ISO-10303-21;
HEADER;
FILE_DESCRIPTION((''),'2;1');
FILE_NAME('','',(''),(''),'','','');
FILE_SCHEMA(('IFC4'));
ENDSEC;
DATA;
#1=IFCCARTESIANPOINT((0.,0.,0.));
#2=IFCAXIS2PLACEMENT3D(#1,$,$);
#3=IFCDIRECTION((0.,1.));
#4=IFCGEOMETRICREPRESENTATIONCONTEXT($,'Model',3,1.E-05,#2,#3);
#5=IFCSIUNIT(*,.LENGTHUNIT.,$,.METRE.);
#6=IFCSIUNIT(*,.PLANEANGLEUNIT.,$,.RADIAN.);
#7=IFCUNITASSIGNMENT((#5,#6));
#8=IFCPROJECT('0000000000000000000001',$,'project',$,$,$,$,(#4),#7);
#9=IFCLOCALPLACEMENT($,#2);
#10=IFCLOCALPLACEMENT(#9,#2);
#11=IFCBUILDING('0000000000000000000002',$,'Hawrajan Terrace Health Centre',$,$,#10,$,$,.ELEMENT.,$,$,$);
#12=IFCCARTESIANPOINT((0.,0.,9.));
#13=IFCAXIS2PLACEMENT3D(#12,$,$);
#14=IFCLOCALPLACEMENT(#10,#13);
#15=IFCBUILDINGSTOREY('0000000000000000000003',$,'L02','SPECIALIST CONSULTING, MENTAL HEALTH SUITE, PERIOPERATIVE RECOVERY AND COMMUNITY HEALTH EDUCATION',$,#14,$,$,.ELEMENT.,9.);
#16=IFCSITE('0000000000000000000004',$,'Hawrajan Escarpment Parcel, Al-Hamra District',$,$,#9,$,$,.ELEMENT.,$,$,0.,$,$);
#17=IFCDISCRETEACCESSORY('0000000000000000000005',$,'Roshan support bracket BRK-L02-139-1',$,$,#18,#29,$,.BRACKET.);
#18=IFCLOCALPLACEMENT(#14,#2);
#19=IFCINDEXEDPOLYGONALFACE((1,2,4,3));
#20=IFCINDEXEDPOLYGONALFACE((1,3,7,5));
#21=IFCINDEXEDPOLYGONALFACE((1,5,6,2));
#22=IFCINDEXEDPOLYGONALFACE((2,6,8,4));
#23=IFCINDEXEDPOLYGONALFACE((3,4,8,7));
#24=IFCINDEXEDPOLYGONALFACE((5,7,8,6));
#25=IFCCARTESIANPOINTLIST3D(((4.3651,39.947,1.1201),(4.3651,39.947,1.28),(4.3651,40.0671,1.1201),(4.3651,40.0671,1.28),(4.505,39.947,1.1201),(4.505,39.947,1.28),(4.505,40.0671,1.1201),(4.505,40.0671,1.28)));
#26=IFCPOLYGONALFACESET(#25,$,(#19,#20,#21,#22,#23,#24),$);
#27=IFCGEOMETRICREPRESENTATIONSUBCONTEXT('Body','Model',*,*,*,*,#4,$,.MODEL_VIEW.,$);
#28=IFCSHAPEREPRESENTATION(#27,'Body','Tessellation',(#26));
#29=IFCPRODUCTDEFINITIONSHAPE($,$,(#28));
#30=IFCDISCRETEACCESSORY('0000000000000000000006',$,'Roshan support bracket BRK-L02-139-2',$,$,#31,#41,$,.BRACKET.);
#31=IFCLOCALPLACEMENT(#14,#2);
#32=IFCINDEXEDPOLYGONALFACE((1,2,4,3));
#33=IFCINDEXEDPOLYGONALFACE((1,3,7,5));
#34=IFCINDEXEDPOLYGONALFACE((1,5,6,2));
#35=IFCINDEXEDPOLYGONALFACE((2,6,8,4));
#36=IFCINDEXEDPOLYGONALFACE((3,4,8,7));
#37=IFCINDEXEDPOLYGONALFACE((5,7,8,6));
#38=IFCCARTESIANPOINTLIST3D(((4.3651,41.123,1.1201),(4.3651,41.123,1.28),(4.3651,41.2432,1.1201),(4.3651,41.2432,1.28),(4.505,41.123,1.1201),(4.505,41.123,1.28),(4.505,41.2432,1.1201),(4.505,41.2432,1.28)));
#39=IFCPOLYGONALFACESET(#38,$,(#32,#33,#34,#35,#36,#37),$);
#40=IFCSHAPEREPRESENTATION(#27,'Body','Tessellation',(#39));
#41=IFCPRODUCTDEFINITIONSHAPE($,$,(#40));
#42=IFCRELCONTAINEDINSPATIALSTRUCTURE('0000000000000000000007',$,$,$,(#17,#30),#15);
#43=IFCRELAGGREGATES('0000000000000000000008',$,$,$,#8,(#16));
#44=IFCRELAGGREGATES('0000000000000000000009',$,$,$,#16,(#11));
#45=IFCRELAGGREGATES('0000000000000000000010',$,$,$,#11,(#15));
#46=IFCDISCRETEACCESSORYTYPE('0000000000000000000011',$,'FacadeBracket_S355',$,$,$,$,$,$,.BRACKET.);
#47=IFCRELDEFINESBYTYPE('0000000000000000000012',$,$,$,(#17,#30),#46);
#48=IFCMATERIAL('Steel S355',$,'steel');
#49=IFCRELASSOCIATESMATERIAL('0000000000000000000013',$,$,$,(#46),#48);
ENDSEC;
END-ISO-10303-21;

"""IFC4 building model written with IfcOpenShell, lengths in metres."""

from ifc_helpers import new_model, si_unit, direction, frame, origin, origin_2d, place, context, subcontext, project, spatial, rectangle, extrude, material, type_object, element, save


model = new_model("IFC4")

# Units and contexts
model_context = context("Model", 3, precision=1e-05, world=origin(), true_north=direction((0.0, 1.0)))
body_context = subcontext(model_context, "Body", "Model", "MODEL_VIEW")
ifc_project = project(units=[si_unit("LENGTHUNIT", "METRE"), si_unit("PLANEANGLEUNIT", "RADIAN")], contexts=[model_context])

# Site, building, storey
site_placement = place(None, origin())
site = spatial("IfcSite", under=ifc_project, at=site_placement, Name="Hawrajan Escarpment Parcel, Al-Hamra District", CompositionType="ELEMENT", RefElevation=0.0)
building_placement = place(site_placement, origin())
building = spatial("IfcBuilding", under=site, at=building_placement, Name="Hawrajan Terrace Health Centre", CompositionType="ELEMENT")
storey_placement = place(building_placement, frame((0.0, 0.0, 9.0)))
storey = spatial("IfcBuildingStorey", under=building, at=storey_placement, Name="L02", Description="SPECIALIST CONSULTING, MENTAL HEALTH SUITE, PERIOPERATIVE RECOVERY AND COMMUNITY HEALTH EDUCATION", CompositionType="ELEMENT", Elevation=9.0)

# Discrete accessories
ifc_material_1 = material(Name="Steel S355", Category="steel")
discrete_accessory_type = type_object("IfcDiscreteAccessoryType", Name="FacadeBracket_S355", PredefinedType="BRACKET", material=ifc_material_1)
for number, where, z_axis, x_axis, name in (
    (1, (4.4351, 40.0071, 1.1201), (0.0, 0.0, 1.0), (0.0, 1.0, 0.0), "Roshan support bracket BRK-L02-139-1"),
    (2, (4.4351, 41.1831, 1.1201), (0.0, 0.0, 1.0), (0.0, 1.0, 0.0), "Roshan support bracket BRK-L02-139-2"),
):
    element("IfcDiscreteAccessory", number, at=place(storey_placement, frame(where, z_axis=z_axis, x_axis=x_axis)), inside=storey, type_object=discrete_accessory_type, Name=name, PredefinedType="BRACKET", context=body_context, shape_type="SweptSolid", body=[
        extrude(rectangle(XDim=0.1201, YDim=0.1399, at=origin_2d()), origin(), (0.0, 0.0, 1.0), 0.1599),
    ])

save(model, "model.ifc")
